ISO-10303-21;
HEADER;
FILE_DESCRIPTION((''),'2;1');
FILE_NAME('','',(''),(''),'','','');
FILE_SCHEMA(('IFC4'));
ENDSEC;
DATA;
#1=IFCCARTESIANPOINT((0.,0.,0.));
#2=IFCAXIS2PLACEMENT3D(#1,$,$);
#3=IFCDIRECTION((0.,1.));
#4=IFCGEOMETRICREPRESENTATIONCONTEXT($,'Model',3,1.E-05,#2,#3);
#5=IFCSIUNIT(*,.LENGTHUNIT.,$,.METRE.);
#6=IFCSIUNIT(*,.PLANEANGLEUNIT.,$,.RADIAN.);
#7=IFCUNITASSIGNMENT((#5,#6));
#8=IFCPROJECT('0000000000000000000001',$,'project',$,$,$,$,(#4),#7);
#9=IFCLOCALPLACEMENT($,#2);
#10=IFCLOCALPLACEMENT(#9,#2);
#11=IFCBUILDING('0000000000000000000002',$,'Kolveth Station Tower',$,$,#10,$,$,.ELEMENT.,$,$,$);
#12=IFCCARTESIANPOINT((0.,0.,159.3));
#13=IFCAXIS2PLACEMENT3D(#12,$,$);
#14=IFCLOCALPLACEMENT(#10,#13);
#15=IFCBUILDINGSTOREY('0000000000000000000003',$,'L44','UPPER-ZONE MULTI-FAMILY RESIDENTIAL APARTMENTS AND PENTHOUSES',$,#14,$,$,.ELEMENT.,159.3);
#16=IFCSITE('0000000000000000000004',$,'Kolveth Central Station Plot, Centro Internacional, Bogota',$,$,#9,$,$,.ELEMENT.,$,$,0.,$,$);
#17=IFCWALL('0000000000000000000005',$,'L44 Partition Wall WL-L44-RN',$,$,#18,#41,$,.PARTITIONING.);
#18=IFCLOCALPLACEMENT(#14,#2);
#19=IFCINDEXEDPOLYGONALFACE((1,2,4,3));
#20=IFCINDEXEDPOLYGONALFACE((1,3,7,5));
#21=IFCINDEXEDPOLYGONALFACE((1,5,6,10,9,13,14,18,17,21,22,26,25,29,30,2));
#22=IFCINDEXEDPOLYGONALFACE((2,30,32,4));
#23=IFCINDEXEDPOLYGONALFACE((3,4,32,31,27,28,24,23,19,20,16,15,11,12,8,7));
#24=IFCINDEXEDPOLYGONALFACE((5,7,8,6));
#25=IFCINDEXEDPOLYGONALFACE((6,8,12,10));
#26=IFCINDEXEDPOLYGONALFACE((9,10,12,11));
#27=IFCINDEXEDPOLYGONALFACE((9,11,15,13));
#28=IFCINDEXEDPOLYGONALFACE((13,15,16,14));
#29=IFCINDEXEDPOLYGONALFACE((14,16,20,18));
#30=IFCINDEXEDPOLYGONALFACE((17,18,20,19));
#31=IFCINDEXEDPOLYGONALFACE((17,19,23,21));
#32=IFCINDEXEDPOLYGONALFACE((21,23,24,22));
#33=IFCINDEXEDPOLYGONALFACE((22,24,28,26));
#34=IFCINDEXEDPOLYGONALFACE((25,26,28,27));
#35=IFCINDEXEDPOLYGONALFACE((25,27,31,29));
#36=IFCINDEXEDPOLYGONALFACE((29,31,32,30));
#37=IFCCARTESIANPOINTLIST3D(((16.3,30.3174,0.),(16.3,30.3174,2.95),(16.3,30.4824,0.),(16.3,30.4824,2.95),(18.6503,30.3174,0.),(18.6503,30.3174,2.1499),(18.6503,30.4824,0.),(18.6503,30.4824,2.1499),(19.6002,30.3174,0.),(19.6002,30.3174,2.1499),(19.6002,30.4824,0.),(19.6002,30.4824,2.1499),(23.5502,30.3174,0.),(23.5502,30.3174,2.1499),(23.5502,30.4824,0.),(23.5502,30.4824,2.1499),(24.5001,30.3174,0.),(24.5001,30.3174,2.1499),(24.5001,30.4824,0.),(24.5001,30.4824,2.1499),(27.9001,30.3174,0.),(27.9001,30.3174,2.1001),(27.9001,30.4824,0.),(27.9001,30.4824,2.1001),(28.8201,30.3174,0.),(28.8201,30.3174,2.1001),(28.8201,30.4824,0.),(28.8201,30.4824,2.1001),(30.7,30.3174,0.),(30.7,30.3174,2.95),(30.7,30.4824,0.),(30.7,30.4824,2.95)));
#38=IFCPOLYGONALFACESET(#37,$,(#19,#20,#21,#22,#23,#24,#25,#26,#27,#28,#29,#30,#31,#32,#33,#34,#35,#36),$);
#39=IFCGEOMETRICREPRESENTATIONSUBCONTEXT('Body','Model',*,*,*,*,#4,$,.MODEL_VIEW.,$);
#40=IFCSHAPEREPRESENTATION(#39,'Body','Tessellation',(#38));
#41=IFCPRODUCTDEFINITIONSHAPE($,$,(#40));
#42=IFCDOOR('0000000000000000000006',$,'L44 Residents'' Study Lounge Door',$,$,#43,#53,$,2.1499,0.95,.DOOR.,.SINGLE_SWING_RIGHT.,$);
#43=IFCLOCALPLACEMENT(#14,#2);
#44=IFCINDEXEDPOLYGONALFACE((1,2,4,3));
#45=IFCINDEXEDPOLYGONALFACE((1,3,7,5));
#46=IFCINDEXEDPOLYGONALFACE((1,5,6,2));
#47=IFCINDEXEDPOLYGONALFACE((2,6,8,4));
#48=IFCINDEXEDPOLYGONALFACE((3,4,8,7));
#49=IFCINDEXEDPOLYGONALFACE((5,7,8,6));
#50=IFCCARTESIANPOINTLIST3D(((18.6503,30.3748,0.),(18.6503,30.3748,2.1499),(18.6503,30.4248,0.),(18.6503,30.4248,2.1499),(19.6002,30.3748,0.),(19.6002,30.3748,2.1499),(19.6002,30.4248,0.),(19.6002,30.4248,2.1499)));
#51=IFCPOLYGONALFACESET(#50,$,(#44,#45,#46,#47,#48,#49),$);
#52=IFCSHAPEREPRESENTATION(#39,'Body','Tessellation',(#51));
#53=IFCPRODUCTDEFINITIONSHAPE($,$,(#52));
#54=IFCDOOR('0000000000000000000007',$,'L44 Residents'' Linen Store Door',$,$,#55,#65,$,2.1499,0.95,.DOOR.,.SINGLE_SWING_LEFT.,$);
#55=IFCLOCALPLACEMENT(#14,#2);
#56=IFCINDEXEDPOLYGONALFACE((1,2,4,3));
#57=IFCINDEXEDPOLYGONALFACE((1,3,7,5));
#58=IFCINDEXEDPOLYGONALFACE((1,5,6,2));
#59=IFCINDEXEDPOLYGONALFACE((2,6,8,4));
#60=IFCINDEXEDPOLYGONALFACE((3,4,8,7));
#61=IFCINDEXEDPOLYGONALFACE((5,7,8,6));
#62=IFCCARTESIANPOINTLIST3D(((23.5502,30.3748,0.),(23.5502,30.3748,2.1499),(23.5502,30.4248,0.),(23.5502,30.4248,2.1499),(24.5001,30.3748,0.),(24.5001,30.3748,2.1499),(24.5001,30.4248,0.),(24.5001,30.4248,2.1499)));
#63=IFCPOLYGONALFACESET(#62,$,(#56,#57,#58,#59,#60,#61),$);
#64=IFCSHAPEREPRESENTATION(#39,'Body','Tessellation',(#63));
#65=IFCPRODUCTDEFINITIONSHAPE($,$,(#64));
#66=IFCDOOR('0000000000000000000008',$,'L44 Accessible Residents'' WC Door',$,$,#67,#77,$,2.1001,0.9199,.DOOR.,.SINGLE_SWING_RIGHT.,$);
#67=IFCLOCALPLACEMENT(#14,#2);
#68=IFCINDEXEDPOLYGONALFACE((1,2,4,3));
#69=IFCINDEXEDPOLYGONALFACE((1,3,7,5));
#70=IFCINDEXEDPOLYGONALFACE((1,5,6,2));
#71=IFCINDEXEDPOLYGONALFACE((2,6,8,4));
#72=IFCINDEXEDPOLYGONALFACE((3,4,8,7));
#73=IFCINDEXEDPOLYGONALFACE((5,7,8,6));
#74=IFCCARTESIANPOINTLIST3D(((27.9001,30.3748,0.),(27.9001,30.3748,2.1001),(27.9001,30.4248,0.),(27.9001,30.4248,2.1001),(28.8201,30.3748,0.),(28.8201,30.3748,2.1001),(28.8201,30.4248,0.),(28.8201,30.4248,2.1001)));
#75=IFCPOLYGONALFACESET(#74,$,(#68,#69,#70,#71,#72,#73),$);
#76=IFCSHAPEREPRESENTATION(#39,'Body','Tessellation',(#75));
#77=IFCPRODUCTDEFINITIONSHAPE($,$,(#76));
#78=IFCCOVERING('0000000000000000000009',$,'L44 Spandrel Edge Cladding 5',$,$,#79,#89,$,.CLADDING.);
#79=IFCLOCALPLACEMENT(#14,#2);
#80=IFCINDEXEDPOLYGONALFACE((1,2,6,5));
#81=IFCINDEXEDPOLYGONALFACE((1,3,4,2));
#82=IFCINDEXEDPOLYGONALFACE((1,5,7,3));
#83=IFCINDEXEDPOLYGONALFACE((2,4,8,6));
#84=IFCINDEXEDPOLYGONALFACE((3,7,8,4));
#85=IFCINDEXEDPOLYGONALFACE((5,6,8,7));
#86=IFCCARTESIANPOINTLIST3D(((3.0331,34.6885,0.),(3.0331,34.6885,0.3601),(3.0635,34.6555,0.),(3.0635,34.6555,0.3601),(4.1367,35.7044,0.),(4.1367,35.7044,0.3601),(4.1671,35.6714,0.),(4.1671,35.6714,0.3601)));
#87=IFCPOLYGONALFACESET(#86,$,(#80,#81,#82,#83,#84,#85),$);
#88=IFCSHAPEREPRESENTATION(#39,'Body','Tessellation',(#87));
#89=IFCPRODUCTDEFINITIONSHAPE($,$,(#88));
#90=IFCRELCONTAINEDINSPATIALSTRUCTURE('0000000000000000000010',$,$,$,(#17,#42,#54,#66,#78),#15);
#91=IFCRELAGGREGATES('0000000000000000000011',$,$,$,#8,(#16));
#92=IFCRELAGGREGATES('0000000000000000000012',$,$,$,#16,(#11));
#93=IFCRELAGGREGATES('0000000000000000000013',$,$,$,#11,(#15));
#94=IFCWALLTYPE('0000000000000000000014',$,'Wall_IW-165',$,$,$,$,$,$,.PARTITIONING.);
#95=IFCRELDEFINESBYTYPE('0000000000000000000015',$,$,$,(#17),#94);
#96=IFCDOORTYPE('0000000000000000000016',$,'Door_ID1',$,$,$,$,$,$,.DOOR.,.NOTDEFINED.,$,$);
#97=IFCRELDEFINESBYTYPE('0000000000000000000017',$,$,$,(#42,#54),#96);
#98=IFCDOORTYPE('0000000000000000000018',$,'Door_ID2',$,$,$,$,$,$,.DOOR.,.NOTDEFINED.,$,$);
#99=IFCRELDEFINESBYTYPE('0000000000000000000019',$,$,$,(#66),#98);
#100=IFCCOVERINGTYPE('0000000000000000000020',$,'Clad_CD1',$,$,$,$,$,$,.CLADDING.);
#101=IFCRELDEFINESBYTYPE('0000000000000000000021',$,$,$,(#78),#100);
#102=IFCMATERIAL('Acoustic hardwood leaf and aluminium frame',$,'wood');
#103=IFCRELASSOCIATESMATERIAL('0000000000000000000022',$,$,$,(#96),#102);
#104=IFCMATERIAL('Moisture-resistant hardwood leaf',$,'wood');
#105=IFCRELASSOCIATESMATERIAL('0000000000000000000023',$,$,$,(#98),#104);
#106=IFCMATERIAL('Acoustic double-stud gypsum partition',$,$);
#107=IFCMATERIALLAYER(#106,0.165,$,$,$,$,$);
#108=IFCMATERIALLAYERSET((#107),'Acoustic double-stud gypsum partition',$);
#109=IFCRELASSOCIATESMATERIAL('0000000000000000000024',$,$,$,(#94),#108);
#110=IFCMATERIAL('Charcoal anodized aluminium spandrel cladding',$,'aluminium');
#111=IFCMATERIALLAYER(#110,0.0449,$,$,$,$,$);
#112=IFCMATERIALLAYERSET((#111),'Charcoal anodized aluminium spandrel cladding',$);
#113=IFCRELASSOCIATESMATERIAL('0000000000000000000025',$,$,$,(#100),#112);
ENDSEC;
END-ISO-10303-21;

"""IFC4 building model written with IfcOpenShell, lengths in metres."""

from ifc_helpers import new_model, si_unit, direction, frame, frame_2d, origin, origin_2d, place, context, subcontext, project, spatial, rectangle, extrude, source, transform, mapped, material, layer, layer_set, type_object, element, fill, save


model = new_model("IFC4")

# Units and contexts
model_context = context("Model", 3, precision=1e-05, world=origin(), true_north=direction((0.0, 1.0)))
body_context = subcontext(model_context, "Body", "Model", "MODEL_VIEW")
ifc_project = project(units=[si_unit("LENGTHUNIT", "METRE"), si_unit("PLANEANGLEUNIT", "RADIAN")], contexts=[model_context])

# Site, building, storey
site_placement = place(None, origin())
site = spatial("IfcSite", under=ifc_project, at=site_placement, Name="Kolveth Central Station Plot, Centro Internacional, Bogota", CompositionType="ELEMENT", RefElevation=0.0)
building_placement = place(site_placement, origin())
building = spatial("IfcBuilding", under=site, at=building_placement, Name="Kolveth Station Tower", CompositionType="ELEMENT")
storey_placement = place(building_placement, frame((0.0, 0.0, 159.3)))
storey = spatial("IfcBuildingStorey", under=building, at=storey_placement, Name="L44", Description="UPPER-ZONE MULTI-FAMILY RESIDENTIAL APARTMENTS AND PENTHOUSES", CompositionType="ELEMENT", Elevation=159.3)

# Shared definitions
ifc_material_1 = material(Name="Acoustic hardwood leaf and aluminium frame", Category="wood")
door_type_1 = type_object("IfcDoorType", Name="Door_ID1", OperationType="NOTDEFINED", PredefinedType="DOOR", material=ifc_material_1)
ifc_material_2 = material(Name="Moisture-resistant hardwood leaf", Category="wood")
door_type_2 = type_object("IfcDoorType", Name="Door_ID2", OperationType="NOTDEFINED", PredefinedType="DOOR", material=ifc_material_2)

# Wall, openings, doors
ifc_material_3 = material(Name="Acoustic double-stud gypsum partition")
ifc_layer_1 = layer(ifc_material_3, 0.165)
ifc_layer_set_1 = layer_set([ifc_layer_1], Name="Acoustic double-stud gypsum partition")
wall_type_1 = type_object("IfcWallType", Name="Wall_IW-165", PredefinedType="PARTITIONING", material=ifc_layer_set_1)
wall_1_placement = place(storey_placement, frame((16.3, 30.3999, 0.0), z_axis=(0.0, 0.0, 1.0), x_axis=(1.0, 0.0, 0.0)))
wall_1 = element("IfcWall", 1, at=wall_1_placement, inside=storey, type_object=wall_type_1, Name="L44 Partition Wall WL-L44-RN", PredefinedType="PARTITIONING", context=body_context, shape_type="SweptSolid", body=[
    extrude(rectangle(XDim=14.3999, YDim=0.165, at=frame_2d((7.2, 0.0))), origin(), (0.0, 0.0, 1.0), 2.95),
])
opening_1_placement = place(wall_1_placement, frame((2.3501, 0.0, 0.0)))
opening_1 = element("IfcOpeningElement", 2, at=opening_1_placement, cuts=wall_1, PredefinedType="OPENING", context=body_context, shape_type="SweptSolid", body=[
    extrude(rectangle(XDim=0.95, YDim=2.1499, at=frame_2d((0.4751, 1.075))), frame((0.0, 0.0925, 0.0), z_axis=(0.0, -1.0, 0.0), x_axis=(1.0, 0.0, 0.0)), (0.0, 0.0, 1.0), 0.1851),
])
opening_2_placement = place(wall_1_placement, frame((7.25, 0.0, 0.0)))
opening_2 = element("IfcOpeningElement", 3, at=opening_2_placement, cuts=wall_1, PredefinedType="OPENING", context=body_context, shape_type="SweptSolid", body=[
    extrude(rectangle(XDim=0.95, YDim=2.1499, at=frame_2d((0.4751, 1.075))), frame((0.0, 0.0925, 0.0), z_axis=(0.0, -1.0, 0.0), x_axis=(1.0, 0.0, 0.0)), (0.0, 0.0, 1.0), 0.1851),
])
opening_3_placement = place(wall_1_placement, frame((11.6001, 0.0, 0.0)))
opening_3 = element("IfcOpeningElement", 4, at=opening_3_placement, cuts=wall_1, PredefinedType="OPENING", context=body_context, shape_type="SweptSolid", body=[
    extrude(rectangle(XDim=0.9199, YDim=2.1001, at=frame_2d((0.46, 1.05))), frame((0.0, 0.0925, 0.0), z_axis=(0.0, -1.0, 0.0), x_axis=(1.0, 0.0, 0.0)), (0.0, 0.0, 1.0), 0.1851),
])
door_1_placement = place(opening_1_placement, origin())
door_1 = element("IfcDoor", 5, at=door_1_placement, inside=storey, type_object=door_type_1, Name="L44 Residents' Study Lounge Door", OperationType="SINGLE_SWING_RIGHT", OverallHeight=2.1499, OverallWidth=0.95, PredefinedType="DOOR", context=body_context, shape_type="SweptSolid", body=[
    extrude(rectangle(XDim=0.95, YDim=2.1499, at=frame_2d((0.4751, 1.075))), frame((0.0, 0.0249, 0.0), z_axis=(0.0, -1.0, 0.0), x_axis=(1.0, 0.0, 0.0)), (0.0, 0.0, 1.0), 0.05),
])
fill(opening_1, door_1)
door_2_placement = place(opening_2_placement, origin())
door_2 = element("IfcDoor", 6, at=door_2_placement, inside=storey, type_object=door_type_1, Name="L44 Residents' Linen Store Door", OperationType="SINGLE_SWING_LEFT", OverallHeight=2.1499, OverallWidth=0.95, PredefinedType="DOOR", context=body_context, shape_type="SweptSolid", body=[
    extrude(rectangle(XDim=0.95, YDim=2.1499, at=frame_2d((0.4751, 1.075))), frame((0.0, 0.0249, 0.0), z_axis=(0.0, -1.0, 0.0), x_axis=(1.0, 0.0, 0.0)), (0.0, 0.0, 1.0), 0.05),
])
fill(opening_2, door_2)
door_3_placement = place(opening_3_placement, origin())
door_3 = element("IfcDoor", 7, at=door_3_placement, inside=storey, type_object=door_type_2, Name="L44 Accessible Residents' WC Door", OperationType="SINGLE_SWING_RIGHT", OverallHeight=2.1001, OverallWidth=0.9199, PredefinedType="DOOR", context=body_context, shape_type="SweptSolid", body=[
    extrude(rectangle(XDim=0.9199, YDim=2.1001, at=frame_2d((0.46, 1.05))), frame((0.0, 0.0249, 0.0), z_axis=(0.0, -1.0, 0.0), x_axis=(1.0, 0.0, 0.0)), (0.0, 0.0, 1.0), 0.05),
])
fill(opening_3, door_3)

# Covering
ifc_material_4 = material(Name="Charcoal anodized aluminium spandrel cladding", Category="aluminium")
ifc_layer_2 = layer(ifc_material_4, 0.0449)
ifc_layer_set_2 = layer_set([ifc_layer_2], Name="Charcoal anodized aluminium spandrel cladding")
covering_type = type_object("IfcCoveringType", Name="Clad_CD1", PredefinedType="CLADDING", material=ifc_layer_set_2)
shared_shape_1 = source(origin(), body_context, "Body", "SweptSolid", [
    extrude(rectangle(XDim=1.5, YDim=0.0449, at=origin_2d()), origin(), (0.0, 0.0, 1.0), 0.3601),
])
covering_placement = place(storey_placement, frame((3.6001, 35.1799, 0.0), z_axis=(0.0, 0.0, 1.0), x_axis=(-0.735743, -0.677261, 0.0)))
element("IfcCovering", 8, at=covering_placement, inside=storey, type_object=covering_type, Name="L44 Spandrel Edge Cladding 5", PredefinedType="CLADDING", context=body_context, shape_type="MappedRepresentation", body=[
    mapped(shared_shape_1, transform((0.0, 0.0, 0.0), x_axis=(1.0, 0.0, 0.0), y_axis=(0.0, 1.0, 0.0), z_axis=(0.0, 0.0, 1.0), scale=1.0)),
])

save(model, "model.ifc")
